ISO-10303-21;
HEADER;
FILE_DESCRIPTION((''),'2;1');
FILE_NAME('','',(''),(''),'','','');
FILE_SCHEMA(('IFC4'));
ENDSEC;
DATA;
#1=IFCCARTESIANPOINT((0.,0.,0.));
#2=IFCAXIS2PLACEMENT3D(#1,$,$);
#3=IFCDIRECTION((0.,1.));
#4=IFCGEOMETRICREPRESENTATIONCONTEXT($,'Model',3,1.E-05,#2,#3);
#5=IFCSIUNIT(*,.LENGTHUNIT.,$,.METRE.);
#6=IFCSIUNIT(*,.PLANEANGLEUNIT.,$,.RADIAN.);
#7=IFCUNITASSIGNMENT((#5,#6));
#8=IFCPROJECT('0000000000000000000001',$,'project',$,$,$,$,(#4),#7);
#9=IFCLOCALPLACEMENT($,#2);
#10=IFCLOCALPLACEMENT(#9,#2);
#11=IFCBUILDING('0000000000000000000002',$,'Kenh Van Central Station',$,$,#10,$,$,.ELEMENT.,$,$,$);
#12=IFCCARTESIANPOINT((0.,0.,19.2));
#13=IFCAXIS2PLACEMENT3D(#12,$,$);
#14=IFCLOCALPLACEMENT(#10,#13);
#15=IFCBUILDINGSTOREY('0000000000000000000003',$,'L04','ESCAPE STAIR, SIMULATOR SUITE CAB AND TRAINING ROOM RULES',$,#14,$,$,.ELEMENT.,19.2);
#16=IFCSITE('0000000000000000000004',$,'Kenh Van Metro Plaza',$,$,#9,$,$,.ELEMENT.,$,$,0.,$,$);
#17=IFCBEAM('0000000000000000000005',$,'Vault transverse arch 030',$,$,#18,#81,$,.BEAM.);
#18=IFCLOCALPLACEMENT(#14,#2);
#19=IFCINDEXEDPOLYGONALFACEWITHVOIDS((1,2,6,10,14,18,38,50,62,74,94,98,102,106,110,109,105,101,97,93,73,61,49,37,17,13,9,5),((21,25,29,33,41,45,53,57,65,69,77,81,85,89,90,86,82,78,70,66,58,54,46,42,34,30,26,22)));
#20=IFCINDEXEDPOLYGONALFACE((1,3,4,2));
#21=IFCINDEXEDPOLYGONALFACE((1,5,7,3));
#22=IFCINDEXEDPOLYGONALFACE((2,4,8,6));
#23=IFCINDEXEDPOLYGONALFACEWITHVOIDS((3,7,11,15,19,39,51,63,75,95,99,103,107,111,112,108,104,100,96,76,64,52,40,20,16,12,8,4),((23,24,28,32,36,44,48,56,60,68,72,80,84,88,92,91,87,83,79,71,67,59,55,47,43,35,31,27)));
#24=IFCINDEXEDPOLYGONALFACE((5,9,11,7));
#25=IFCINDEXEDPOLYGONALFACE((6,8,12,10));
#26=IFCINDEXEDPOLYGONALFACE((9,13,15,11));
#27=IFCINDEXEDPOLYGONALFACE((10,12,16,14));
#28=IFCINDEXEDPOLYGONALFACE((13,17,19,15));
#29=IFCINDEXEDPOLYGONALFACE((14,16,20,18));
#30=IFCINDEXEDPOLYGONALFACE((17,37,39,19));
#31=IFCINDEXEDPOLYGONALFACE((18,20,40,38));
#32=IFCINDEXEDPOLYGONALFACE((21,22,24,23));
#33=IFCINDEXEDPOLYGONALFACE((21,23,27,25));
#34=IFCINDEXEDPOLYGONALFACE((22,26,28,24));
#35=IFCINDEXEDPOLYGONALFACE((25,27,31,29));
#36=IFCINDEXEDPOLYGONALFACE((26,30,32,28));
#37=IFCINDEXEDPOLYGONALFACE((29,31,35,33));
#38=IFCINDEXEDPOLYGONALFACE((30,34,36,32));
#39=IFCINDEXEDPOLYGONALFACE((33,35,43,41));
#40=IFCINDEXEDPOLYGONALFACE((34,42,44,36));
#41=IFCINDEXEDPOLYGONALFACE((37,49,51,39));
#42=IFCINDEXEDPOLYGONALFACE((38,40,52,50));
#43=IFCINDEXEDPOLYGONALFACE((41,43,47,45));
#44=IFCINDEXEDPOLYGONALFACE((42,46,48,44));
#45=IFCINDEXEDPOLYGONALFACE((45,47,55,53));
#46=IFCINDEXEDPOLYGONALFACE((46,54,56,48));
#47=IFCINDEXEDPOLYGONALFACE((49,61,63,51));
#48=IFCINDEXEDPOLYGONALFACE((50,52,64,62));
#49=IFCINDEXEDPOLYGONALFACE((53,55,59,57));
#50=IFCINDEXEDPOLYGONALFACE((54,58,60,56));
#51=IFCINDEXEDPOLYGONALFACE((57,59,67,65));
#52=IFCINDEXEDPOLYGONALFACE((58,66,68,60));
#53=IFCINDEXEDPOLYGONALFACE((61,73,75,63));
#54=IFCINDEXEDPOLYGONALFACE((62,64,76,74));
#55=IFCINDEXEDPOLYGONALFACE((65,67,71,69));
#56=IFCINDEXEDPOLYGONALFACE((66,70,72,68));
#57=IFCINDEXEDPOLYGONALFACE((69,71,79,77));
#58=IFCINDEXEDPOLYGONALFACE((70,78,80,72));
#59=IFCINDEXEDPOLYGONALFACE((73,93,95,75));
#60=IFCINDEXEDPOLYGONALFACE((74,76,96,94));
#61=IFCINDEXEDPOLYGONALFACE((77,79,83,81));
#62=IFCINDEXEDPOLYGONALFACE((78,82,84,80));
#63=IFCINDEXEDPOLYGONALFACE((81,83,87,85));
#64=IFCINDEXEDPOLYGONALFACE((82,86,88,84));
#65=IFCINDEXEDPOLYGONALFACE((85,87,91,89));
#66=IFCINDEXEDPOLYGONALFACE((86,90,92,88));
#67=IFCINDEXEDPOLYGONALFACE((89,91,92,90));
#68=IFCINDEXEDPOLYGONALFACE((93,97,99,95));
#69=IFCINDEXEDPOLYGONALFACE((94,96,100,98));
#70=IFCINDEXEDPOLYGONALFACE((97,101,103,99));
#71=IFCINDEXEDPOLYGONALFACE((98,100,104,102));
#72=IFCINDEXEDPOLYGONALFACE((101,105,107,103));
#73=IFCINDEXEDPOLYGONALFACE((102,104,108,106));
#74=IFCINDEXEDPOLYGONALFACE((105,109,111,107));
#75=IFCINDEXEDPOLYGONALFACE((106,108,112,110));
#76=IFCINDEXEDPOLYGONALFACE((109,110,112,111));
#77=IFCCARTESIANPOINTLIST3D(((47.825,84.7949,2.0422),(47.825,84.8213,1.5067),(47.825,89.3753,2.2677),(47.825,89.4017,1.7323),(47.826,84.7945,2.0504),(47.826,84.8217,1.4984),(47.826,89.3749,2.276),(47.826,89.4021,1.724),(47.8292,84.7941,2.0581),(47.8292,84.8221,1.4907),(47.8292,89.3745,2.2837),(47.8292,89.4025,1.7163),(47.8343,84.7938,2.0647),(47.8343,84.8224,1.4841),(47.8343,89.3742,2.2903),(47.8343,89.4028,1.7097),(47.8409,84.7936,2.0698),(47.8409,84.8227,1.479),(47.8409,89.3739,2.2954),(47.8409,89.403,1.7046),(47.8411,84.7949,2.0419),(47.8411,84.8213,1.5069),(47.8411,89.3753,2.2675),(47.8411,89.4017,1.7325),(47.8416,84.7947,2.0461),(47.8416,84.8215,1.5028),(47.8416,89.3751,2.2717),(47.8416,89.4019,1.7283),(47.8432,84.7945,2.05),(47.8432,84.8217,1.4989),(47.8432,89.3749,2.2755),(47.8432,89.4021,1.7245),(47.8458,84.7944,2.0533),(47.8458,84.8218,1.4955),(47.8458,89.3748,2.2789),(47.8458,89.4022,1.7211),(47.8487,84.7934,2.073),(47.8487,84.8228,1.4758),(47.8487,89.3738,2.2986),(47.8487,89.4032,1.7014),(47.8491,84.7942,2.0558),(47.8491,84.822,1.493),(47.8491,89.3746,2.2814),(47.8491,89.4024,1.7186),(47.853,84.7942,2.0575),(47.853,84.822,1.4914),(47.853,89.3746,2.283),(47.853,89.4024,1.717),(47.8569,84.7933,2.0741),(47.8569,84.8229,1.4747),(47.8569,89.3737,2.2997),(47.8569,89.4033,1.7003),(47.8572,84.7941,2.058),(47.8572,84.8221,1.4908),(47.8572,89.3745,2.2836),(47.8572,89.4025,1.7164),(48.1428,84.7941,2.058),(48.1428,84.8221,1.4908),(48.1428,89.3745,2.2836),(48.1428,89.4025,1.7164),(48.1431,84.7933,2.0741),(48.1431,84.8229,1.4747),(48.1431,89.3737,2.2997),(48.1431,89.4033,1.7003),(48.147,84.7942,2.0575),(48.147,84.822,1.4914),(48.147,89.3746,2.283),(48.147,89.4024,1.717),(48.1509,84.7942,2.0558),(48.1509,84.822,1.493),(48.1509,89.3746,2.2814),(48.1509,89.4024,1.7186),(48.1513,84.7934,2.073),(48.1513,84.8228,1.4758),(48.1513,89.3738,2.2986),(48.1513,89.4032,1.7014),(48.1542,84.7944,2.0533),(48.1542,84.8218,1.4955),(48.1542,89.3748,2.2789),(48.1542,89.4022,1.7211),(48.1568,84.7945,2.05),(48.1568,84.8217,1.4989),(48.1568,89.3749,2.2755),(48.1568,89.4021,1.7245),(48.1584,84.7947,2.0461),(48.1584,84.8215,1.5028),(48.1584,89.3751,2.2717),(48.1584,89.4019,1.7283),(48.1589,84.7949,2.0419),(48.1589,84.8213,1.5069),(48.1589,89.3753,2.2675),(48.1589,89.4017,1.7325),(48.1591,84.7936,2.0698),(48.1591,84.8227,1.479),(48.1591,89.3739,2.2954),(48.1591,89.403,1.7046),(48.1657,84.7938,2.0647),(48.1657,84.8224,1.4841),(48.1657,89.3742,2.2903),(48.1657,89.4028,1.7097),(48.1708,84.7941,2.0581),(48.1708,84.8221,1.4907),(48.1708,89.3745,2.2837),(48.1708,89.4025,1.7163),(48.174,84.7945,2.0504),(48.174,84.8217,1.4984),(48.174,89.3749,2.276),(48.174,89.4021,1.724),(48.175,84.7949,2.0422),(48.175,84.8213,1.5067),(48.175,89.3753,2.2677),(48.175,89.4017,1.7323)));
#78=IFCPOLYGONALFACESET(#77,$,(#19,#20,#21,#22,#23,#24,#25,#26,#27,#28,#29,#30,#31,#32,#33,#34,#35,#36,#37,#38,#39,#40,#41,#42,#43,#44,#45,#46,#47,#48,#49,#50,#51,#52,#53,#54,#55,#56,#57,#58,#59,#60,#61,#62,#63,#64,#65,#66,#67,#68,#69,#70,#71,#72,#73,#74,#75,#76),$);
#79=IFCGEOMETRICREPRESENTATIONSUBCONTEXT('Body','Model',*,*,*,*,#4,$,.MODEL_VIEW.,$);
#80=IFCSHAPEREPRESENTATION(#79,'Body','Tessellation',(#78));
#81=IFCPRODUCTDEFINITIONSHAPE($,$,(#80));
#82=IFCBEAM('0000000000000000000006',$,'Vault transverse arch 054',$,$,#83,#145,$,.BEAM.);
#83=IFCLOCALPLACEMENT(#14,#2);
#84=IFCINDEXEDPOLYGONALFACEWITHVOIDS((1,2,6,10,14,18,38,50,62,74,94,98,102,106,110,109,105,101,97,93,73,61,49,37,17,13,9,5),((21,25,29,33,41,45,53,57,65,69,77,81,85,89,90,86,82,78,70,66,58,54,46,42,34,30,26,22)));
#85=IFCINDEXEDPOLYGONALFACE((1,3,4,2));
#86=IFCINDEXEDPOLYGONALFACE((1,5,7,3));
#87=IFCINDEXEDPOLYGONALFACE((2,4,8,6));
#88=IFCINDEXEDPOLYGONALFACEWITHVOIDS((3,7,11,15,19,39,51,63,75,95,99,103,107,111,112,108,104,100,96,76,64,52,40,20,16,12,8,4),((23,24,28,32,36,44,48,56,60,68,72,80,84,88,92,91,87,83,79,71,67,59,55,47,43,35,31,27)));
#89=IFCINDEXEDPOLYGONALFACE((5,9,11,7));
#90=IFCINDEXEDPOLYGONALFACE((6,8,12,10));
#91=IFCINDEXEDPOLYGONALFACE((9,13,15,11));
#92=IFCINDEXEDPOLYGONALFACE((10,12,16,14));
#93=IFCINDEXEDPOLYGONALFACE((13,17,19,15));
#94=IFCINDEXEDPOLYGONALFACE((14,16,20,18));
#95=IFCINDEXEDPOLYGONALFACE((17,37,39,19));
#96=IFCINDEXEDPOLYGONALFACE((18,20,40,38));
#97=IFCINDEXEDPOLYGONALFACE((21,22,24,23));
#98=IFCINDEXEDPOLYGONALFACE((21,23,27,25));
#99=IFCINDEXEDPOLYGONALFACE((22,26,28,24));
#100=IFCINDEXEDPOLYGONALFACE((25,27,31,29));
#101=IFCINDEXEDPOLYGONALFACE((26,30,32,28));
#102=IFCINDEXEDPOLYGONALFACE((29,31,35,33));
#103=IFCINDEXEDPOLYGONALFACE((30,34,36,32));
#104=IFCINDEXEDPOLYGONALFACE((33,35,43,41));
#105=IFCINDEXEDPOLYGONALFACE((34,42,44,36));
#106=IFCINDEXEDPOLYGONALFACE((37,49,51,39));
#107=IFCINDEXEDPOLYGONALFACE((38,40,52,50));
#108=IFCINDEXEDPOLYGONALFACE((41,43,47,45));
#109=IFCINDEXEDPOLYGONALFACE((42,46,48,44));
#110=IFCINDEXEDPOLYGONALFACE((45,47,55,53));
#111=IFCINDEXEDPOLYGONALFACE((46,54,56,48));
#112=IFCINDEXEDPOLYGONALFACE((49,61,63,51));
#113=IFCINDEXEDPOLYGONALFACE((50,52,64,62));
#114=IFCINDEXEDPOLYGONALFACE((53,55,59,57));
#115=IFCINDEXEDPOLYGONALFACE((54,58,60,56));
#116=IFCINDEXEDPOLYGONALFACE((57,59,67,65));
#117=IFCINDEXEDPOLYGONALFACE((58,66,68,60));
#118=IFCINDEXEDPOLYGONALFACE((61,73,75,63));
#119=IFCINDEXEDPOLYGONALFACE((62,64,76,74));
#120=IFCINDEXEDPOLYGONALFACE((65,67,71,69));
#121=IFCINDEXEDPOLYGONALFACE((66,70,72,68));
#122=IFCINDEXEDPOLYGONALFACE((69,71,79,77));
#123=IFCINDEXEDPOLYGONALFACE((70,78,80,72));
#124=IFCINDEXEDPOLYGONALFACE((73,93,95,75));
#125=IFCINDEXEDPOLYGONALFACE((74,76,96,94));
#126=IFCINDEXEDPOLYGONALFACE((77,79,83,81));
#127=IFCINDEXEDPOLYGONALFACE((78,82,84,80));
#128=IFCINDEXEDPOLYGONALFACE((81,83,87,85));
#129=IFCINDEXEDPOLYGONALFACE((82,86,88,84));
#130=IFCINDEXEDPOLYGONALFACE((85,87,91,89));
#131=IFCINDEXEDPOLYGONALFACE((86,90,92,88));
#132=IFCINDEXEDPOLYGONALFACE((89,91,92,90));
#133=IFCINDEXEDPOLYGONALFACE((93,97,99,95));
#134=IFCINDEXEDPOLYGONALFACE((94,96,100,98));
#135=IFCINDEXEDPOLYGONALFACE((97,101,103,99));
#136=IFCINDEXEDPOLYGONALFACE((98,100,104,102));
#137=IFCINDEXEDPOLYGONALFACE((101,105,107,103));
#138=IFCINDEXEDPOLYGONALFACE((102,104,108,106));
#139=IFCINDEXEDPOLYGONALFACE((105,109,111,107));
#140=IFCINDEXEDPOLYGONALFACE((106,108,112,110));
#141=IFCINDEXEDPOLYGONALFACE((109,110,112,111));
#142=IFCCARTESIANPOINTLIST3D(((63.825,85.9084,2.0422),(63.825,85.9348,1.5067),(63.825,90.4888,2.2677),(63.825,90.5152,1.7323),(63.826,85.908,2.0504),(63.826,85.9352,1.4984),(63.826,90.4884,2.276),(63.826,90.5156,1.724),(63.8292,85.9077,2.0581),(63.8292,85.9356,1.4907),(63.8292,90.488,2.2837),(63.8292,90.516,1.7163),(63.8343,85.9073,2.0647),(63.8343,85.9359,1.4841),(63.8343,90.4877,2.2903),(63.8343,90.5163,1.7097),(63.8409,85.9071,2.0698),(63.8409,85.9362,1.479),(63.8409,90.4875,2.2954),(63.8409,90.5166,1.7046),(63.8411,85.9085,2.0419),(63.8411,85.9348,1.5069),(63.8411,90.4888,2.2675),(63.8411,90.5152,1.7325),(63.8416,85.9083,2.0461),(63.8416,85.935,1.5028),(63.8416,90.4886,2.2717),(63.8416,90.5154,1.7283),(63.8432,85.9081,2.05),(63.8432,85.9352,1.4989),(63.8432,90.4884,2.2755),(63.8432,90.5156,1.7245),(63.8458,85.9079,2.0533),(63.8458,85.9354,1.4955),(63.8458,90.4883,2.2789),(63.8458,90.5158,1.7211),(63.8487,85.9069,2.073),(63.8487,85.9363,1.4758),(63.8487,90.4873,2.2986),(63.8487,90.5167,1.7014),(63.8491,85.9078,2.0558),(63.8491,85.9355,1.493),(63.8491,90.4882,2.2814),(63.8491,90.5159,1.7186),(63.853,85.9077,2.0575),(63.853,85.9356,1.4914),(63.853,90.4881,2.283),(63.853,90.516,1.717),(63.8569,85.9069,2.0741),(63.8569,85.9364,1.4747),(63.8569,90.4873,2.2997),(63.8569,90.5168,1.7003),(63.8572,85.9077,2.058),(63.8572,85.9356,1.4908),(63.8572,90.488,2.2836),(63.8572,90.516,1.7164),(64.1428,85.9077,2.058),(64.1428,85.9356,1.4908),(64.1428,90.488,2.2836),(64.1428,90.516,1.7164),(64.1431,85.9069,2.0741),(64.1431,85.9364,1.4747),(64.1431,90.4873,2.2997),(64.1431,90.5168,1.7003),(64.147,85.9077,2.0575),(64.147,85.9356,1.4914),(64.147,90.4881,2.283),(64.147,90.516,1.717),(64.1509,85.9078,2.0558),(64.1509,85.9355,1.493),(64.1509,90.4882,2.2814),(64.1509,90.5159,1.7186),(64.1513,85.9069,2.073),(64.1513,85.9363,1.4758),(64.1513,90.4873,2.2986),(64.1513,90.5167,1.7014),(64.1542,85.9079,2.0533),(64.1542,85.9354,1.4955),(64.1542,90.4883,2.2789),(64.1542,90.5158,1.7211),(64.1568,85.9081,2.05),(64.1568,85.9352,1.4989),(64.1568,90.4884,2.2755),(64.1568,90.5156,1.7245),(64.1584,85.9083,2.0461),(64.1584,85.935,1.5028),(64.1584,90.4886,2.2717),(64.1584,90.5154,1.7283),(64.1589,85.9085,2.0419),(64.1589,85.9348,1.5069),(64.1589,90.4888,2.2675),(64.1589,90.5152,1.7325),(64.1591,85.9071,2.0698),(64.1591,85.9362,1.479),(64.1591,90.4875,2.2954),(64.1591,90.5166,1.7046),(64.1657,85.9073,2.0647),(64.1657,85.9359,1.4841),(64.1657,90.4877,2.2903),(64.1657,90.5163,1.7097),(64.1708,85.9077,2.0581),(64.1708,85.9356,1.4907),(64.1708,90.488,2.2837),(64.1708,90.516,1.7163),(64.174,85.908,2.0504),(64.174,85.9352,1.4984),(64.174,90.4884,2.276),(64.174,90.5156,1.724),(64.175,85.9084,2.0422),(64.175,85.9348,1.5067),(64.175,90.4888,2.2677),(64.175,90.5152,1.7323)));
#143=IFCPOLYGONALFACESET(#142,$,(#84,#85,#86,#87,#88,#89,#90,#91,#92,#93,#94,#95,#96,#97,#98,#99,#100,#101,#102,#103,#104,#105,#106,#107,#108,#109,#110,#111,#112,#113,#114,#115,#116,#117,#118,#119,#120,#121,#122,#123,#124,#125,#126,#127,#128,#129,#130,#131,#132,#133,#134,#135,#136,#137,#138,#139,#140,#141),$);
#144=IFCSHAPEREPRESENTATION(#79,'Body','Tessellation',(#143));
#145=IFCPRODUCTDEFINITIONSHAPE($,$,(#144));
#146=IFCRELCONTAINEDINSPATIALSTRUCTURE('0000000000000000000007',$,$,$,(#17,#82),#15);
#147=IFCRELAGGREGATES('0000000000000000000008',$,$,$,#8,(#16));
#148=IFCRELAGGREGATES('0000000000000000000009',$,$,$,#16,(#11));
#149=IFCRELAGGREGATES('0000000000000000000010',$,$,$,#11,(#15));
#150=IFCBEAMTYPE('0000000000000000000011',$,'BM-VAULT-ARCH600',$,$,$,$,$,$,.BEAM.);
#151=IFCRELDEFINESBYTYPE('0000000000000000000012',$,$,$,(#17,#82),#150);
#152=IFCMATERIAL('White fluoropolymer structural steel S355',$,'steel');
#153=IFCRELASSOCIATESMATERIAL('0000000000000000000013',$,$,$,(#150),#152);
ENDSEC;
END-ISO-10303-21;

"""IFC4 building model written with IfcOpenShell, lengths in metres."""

from ifc_helpers import new_model, si_unit, direction, frame, origin, origin_2d, place, context, subcontext, project, spatial, hollow_rectangle, extrude, material, material_profile, profile_set, type_object, element, save


model = new_model("IFC4")

# Units and contexts
model_context = context("Model", 3, precision=1e-05, world=origin(), true_north=direction((0.0, 1.0)))
body_context = subcontext(model_context, "Body", "Model", "MODEL_VIEW")
ifc_project = project(units=[si_unit("LENGTHUNIT", "METRE"), si_unit("PLANEANGLEUNIT", "RADIAN")], contexts=[model_context])

# Site, building, storey
site_placement = place(None, origin())
site = spatial("IfcSite", under=ifc_project, at=site_placement, Name="Kenh Van Metro Plaza", CompositionType="ELEMENT", RefElevation=0.0)
building_placement = place(site_placement, origin())
building = spatial("IfcBuilding", under=site, at=building_placement, Name="Kenh Van Central Station", CompositionType="ELEMENT")
storey_placement = place(building_placement, frame((0.0, 0.0, 19.2)))
storey = spatial("IfcBuildingStorey", under=building, at=storey_placement, Name="L04", Description="ESCAPE STAIR, SIMULATOR SUITE CAB AND TRAINING ROOM RULES", CompositionType="ELEMENT", Elevation=19.2)

# Beams
ifc_material_1 = material(Name="White fluoropolymer structural steel S355", Category="steel")
ifc_material_profile_1 = material_profile(ifc_material_1, hollow_rectangle(XDim=0.3501, YDim=0.6001, WallThickness=0.0161, InnerFilletRadius=0.0161, OuterFilletRadius=0.032, at=origin_2d()), Name="RHS 600x350x16")
ifc_profile_set_1 = profile_set([ifc_material_profile_1], Name="White fluoropolymer structural steel S355")
beam_type_1 = type_object("IfcBeamType", Name="BM-VAULT-ARCH600", PredefinedType="BEAM", material=ifc_profile_set_1)
for number, where, z_axis, x_axis, name in (
    (1, (48.0, 84.8081, 1.7744), (0.0, 0.998789, 0.049191), (-1.0, 0.0, 0.0), "Vault transverse arch 030"),
    (2, (64.0, 85.9216, 1.7744), (0.0, 0.998789, 0.049191), (-1.0, 0.0, 0.0), "Vault transverse arch 054"),
):
    element("IfcBeam", number, at=place(storey_placement, frame(where, z_axis=z_axis, x_axis=x_axis)), inside=storey, type_object=beam_type_1, Name=name, PredefinedType="BEAM", context=body_context, shape_type="SweptSolid", body=[
        extrude(hollow_rectangle(XDim=0.3501, YDim=0.6001, WallThickness=0.0161, InnerFilletRadius=0.0161, OuterFilletRadius=0.032, at=origin_2d()), origin(), (0.0, 0.0, 1.0), 4.5859),
    ])

save(model, "model.ifc")
